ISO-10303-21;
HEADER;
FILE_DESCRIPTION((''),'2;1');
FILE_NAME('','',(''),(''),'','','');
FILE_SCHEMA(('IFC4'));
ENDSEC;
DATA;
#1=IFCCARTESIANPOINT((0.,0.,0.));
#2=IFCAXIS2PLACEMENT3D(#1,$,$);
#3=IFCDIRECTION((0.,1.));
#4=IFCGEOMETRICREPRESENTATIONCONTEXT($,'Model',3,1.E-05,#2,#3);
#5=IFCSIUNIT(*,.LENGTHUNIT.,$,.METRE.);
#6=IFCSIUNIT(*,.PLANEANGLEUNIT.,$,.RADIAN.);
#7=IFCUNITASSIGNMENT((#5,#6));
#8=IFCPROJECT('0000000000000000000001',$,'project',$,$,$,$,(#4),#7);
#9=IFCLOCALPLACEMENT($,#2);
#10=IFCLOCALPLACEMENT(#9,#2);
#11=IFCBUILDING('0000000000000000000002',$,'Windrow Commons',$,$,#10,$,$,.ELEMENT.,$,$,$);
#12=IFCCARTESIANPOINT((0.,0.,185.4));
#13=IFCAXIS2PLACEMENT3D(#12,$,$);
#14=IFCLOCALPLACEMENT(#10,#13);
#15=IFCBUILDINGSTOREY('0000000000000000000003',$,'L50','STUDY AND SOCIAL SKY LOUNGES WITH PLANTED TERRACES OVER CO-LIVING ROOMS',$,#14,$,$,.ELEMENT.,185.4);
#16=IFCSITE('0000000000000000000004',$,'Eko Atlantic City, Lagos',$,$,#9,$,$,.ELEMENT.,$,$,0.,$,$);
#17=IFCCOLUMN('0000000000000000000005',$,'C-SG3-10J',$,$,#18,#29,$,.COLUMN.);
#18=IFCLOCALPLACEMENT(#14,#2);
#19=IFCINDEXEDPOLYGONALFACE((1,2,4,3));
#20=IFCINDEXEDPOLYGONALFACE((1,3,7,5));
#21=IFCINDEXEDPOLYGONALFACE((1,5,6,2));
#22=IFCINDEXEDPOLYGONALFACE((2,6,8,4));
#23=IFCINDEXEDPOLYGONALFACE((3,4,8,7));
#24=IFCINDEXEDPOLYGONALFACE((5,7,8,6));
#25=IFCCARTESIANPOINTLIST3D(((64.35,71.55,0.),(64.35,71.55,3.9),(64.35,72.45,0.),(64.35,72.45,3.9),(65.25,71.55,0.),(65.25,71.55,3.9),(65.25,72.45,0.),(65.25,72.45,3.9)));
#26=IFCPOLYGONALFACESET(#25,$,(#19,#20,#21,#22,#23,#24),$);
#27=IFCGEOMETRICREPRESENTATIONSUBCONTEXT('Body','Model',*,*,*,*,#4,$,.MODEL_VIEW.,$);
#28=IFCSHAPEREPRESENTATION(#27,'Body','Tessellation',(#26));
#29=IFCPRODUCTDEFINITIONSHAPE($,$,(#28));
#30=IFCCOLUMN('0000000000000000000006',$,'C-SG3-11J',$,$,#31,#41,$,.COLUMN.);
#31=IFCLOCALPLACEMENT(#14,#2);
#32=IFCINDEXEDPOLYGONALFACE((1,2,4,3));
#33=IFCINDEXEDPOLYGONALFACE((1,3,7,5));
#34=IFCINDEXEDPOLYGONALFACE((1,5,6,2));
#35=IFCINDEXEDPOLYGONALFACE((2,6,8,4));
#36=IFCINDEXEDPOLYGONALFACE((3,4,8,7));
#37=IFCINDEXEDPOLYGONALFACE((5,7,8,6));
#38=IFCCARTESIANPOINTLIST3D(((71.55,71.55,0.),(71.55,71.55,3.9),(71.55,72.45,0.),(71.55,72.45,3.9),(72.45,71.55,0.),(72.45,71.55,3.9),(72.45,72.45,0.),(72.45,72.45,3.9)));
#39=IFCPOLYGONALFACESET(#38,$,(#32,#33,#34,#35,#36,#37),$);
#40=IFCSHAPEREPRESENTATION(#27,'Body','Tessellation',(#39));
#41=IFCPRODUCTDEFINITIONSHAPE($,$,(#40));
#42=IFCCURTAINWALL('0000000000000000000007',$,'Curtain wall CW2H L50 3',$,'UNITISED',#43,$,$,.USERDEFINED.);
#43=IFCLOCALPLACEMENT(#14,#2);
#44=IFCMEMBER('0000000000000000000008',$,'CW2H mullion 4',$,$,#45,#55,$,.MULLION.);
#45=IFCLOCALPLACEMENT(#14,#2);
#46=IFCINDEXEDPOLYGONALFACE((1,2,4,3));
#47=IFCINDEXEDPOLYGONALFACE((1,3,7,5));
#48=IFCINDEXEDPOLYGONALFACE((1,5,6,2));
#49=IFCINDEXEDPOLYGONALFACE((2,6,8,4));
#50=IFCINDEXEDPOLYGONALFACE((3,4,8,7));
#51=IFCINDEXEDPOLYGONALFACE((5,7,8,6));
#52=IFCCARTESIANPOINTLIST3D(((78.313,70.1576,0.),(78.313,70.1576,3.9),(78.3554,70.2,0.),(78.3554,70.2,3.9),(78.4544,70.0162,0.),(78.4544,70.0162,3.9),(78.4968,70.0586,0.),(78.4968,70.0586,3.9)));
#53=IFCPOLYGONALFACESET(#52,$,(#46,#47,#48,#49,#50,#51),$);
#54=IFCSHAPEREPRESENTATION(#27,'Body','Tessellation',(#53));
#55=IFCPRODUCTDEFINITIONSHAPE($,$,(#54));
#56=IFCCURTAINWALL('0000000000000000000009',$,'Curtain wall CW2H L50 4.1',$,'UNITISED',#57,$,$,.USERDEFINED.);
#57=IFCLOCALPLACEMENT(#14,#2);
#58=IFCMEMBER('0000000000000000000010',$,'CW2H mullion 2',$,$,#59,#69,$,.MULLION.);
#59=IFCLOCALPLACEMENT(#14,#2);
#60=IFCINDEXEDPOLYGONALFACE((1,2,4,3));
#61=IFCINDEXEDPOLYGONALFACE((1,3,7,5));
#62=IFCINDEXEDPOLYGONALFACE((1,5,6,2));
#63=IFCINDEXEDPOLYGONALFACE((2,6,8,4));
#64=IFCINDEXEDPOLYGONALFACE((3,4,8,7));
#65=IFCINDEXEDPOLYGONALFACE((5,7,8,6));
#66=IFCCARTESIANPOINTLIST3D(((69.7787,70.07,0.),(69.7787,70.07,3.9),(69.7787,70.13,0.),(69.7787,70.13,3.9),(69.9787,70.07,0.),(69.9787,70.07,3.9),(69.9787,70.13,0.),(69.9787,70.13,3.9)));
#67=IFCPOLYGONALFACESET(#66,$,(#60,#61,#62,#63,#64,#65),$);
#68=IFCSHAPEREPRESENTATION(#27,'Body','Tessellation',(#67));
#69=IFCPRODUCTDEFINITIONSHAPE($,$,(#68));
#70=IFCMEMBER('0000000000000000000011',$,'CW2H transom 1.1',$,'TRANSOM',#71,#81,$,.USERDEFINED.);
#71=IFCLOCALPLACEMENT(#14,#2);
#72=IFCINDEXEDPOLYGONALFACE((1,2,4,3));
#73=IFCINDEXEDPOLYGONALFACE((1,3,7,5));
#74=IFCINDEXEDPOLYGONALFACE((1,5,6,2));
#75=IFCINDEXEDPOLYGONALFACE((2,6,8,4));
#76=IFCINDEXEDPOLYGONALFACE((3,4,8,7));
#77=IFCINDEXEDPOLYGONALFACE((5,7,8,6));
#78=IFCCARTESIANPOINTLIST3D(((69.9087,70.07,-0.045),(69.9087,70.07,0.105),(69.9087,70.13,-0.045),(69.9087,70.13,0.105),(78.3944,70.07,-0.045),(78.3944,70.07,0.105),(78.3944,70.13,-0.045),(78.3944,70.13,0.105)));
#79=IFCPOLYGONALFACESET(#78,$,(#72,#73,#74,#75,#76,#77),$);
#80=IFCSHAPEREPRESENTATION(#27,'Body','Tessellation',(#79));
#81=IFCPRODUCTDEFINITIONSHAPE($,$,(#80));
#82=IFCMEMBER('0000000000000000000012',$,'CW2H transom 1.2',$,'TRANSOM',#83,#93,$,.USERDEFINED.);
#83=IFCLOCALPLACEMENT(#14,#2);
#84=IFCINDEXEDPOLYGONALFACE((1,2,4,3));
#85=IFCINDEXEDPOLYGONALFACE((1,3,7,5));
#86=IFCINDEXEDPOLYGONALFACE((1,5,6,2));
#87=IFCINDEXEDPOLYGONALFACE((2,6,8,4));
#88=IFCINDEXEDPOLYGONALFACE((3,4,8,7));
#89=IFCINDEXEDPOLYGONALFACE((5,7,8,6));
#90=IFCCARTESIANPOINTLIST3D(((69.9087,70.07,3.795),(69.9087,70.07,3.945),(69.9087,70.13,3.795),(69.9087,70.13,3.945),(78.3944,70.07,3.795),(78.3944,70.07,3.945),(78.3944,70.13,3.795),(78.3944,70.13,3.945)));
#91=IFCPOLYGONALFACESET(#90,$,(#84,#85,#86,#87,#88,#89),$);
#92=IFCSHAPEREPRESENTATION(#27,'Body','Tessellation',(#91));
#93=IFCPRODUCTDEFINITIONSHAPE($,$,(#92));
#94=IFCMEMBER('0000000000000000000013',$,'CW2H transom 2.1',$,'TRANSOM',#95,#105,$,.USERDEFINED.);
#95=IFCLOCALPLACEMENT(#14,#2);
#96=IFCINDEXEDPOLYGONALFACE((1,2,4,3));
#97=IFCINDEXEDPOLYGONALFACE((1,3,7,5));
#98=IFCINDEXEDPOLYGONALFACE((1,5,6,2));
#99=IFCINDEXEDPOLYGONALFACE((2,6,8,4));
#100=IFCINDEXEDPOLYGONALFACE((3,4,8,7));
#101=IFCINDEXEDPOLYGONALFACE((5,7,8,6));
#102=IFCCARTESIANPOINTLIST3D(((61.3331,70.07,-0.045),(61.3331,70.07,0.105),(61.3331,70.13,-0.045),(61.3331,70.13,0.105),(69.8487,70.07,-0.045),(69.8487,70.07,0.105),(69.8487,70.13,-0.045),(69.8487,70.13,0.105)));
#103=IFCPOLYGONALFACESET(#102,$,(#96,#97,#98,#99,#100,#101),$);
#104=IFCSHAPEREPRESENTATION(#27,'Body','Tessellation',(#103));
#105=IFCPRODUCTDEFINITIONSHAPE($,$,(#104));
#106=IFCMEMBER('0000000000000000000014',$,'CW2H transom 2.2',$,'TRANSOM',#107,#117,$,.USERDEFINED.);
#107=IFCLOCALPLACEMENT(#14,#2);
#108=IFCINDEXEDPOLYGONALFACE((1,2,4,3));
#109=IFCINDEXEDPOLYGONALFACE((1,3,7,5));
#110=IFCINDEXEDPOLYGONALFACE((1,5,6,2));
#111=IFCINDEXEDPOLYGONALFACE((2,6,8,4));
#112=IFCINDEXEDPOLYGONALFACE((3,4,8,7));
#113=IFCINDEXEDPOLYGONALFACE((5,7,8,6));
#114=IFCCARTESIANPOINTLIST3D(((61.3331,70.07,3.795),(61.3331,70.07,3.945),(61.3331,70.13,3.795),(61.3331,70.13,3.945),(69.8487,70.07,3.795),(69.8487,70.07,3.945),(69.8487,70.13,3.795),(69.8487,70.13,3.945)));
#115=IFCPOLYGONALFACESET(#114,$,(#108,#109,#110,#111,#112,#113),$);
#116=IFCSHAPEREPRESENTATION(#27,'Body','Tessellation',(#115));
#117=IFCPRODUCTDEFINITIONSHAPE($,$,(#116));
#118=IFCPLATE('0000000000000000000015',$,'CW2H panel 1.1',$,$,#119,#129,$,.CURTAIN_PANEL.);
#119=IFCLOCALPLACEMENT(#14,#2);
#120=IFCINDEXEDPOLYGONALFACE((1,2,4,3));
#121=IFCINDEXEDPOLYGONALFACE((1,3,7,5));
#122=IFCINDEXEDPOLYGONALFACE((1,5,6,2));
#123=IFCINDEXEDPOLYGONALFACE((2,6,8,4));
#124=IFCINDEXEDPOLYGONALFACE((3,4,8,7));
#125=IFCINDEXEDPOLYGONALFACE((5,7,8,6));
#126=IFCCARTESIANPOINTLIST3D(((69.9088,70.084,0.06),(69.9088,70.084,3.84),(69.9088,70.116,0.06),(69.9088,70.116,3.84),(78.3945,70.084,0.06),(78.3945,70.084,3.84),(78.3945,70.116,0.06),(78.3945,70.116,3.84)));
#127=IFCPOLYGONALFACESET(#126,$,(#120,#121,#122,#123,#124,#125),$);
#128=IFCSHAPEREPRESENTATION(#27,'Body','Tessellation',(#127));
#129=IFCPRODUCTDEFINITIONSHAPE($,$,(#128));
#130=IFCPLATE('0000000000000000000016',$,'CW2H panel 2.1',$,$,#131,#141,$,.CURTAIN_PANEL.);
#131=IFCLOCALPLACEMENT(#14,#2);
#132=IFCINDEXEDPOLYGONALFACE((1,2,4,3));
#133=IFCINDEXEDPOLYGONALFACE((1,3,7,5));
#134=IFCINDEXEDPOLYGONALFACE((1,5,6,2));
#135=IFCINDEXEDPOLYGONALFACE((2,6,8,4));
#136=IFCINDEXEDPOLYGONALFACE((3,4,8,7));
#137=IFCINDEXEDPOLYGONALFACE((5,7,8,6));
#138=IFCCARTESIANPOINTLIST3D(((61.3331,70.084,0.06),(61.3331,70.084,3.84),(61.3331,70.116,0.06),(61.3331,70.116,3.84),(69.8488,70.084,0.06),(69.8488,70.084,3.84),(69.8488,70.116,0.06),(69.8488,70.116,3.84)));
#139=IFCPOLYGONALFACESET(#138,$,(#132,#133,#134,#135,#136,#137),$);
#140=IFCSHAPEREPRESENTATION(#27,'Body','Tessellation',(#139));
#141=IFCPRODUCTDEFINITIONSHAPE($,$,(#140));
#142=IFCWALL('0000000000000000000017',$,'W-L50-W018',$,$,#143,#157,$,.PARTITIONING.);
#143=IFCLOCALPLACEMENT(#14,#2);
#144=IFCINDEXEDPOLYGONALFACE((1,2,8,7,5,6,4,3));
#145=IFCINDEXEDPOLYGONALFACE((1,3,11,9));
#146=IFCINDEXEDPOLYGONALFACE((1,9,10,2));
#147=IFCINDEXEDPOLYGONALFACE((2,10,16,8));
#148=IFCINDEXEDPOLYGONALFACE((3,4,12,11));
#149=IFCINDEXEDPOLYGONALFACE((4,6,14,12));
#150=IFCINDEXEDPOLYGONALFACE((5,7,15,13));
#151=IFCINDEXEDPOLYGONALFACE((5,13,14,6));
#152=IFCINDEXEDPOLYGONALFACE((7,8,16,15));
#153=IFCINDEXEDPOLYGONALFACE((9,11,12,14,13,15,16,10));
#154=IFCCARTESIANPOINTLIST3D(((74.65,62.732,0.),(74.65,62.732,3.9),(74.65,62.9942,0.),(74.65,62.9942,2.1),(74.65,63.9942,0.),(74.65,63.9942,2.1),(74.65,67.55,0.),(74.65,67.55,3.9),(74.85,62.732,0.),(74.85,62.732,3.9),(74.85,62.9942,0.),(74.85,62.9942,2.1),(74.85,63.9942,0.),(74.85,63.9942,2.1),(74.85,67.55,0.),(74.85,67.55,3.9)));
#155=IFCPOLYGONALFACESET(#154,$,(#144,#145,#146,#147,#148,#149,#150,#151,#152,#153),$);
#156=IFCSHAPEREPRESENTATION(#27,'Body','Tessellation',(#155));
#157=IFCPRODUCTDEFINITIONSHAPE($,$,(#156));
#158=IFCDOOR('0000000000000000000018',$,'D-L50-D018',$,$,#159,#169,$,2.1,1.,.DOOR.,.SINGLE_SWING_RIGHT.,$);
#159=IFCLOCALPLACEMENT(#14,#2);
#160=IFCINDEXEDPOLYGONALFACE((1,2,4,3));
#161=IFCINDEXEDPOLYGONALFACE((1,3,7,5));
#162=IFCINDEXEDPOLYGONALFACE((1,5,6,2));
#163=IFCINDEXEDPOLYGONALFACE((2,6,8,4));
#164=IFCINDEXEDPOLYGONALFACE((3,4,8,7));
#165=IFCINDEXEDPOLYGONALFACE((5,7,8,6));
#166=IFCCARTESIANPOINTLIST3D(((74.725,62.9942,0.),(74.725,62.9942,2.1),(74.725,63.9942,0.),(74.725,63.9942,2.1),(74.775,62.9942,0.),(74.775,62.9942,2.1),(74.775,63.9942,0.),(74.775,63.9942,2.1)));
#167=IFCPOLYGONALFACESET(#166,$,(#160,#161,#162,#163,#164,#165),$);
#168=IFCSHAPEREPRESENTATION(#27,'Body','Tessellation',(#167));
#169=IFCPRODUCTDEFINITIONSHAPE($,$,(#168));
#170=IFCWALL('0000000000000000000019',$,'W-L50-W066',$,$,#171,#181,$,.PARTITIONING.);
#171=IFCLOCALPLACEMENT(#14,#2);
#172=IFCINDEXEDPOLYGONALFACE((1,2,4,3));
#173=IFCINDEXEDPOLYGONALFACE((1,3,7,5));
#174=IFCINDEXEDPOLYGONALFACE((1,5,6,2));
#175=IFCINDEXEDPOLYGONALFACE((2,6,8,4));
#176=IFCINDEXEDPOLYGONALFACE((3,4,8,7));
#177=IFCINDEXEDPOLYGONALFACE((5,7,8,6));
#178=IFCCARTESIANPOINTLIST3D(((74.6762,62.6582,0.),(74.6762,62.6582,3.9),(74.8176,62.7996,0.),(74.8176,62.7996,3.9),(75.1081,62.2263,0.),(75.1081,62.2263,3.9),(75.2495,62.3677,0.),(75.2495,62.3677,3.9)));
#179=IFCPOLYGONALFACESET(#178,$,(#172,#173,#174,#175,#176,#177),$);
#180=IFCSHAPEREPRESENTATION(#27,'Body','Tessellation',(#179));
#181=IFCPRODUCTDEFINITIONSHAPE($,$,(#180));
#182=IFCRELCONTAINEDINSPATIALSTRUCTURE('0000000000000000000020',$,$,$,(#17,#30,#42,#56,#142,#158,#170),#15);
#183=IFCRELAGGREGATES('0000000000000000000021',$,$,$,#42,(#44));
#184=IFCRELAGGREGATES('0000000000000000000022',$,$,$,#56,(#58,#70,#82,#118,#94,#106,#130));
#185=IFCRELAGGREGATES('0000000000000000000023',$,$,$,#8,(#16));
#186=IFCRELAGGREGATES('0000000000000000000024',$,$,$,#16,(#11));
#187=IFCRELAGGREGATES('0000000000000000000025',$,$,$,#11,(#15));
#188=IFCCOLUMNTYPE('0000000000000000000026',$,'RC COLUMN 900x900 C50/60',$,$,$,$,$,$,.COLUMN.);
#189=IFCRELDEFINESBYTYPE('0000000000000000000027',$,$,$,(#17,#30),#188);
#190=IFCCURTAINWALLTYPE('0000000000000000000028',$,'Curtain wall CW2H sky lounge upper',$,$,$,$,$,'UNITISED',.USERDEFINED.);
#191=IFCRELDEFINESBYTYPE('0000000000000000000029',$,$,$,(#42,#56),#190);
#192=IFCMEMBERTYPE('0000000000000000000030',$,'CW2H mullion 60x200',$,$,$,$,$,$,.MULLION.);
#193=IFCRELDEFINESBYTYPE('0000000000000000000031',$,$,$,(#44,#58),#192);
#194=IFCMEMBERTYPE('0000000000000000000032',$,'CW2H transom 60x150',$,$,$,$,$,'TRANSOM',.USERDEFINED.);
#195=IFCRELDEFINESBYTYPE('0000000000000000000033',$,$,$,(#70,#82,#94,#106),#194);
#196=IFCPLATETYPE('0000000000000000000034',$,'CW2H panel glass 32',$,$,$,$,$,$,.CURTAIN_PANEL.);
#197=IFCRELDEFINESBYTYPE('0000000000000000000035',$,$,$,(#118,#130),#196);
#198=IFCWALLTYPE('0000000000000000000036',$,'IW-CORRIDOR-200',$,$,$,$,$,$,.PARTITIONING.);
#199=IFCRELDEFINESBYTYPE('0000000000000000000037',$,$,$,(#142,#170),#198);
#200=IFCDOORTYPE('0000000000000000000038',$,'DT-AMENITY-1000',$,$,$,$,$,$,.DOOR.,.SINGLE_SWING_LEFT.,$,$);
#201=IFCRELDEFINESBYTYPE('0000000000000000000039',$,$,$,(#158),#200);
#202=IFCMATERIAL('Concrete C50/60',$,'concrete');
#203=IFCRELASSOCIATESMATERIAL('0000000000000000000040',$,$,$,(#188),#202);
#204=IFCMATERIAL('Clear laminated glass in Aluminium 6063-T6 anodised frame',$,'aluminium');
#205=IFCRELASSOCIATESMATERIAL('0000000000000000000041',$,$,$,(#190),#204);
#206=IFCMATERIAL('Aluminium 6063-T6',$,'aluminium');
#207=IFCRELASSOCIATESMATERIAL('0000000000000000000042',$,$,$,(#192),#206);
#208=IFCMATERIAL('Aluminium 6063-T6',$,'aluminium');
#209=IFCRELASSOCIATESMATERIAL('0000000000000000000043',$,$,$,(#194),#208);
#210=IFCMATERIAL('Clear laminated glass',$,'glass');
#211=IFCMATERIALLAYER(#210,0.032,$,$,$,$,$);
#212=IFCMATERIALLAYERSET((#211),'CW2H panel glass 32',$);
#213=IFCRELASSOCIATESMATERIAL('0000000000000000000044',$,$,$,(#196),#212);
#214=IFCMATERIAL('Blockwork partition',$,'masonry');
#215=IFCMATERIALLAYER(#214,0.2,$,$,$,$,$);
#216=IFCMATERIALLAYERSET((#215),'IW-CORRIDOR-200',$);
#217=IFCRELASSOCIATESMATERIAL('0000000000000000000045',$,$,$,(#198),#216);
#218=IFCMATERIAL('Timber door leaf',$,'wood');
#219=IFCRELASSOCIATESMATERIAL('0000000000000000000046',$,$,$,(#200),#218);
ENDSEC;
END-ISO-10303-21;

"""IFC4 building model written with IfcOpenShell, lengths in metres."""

from ifc_helpers import new_model, si_unit, direction, frame, frame_2d, origin, origin_2d, place, context, subcontext, project, spatial, rectangle, extrude, material, layer, layer_set, material_profile, profile_set, type_object, element, fill, aggregate, save


model = new_model("IFC4")

# Units and contexts
model_context = context("Model", 3, precision=1e-05, world=origin(), true_north=direction((0.0, 1.0)))
body_context = subcontext(model_context, "Body", "Model", "MODEL_VIEW")
ifc_project = project(units=[si_unit("LENGTHUNIT", "METRE"), si_unit("PLANEANGLEUNIT", "RADIAN")], contexts=[model_context])

# Site, building, storey
site_placement = place(None, origin())
site = spatial("IfcSite", under=ifc_project, at=site_placement, Name="Eko Atlantic City, Lagos", CompositionType="ELEMENT", RefElevation=0.0)
building_placement = place(site_placement, origin())
building = spatial("IfcBuilding", under=site, at=building_placement, Name="Windrow Commons", CompositionType="ELEMENT")
storey_placement = place(building_placement, frame((0.0, 0.0, 185.4)))
storey = spatial("IfcBuildingStorey", under=building, at=storey_placement, Name="L50", Description="STUDY AND SOCIAL SKY LOUNGES WITH PLANTED TERRACES OVER CO-LIVING ROOMS", CompositionType="ELEMENT", Elevation=185.4)

# Columns
ifc_material_1 = material(Name="Concrete C50/60", Category="concrete")
ifc_material_profile_1 = material_profile(ifc_material_1, rectangle(XDim=0.9, YDim=0.9, at=origin_2d()))
ifc_profile_set_1 = profile_set([ifc_material_profile_1], Name="Concrete C50/60")
column_type = type_object("IfcColumnType", Name="RC COLUMN 900x900 C50/60", PredefinedType="COLUMN", material=ifc_profile_set_1)
for number, where, z_axis, x_axis, name in (
    (1, (64.8, 72.0, 0.0), (0.0, 0.0, 1.0), (1.0, 0.0, 0.0), "C-SG3-10J"),
    (2, (72.0, 72.0, 0.0), (0.0, 0.0, 1.0), (1.0, 0.0, 0.0), "C-SG3-11J"),
):
    element("IfcColumn", number, at=place(storey_placement, frame(where, z_axis=z_axis, x_axis=x_axis)), inside=storey, type_object=column_type, Name=name, PredefinedType="COLUMN", context=body_context, shape_type="SweptSolid", body=[
        extrude(rectangle(XDim=0.9, YDim=0.9, at=origin_2d()), origin(), (0.0, 0.0, 1.0), 3.9),
    ])

# Curtain wall, member
ifc_material_2 = material(Name="Clear laminated glass in Aluminium 6063-T6 anodised frame", Category="aluminium")
curtain_wall_type = type_object("IfcCurtainWallType", Name="Curtain wall CW2H sky lounge upper", ElementType="UNITISED", PredefinedType="USERDEFINED", material=ifc_material_2)
placement = place(storey_placement, origin())
curtain_wall_1 = element("IfcCurtainWall", 3, at=placement, inside=storey, type_object=curtain_wall_type, Name="Curtain wall CW2H L50 3", ObjectType="UNITISED", PredefinedType="USERDEFINED")
ifc_material_3 = material(Name="Aluminium 6063-T6", Category="aluminium")
ifc_material_profile_2 = material_profile(ifc_material_3, rectangle(XDim=0.06, YDim=0.2, at=origin_2d()))
ifc_profile_set_2 = profile_set([ifc_material_profile_2], Name="Aluminium 6063-T6")
member_type_1 = type_object("IfcMemberType", Name="CW2H mullion 60x200", PredefinedType="MULLION", material=ifc_profile_set_2)
member_1_placement = place(storey_placement, frame((78.4049, 70.1081, 0.0), z_axis=(0.0, 0.0, 1.0), x_axis=(-0.707107, -0.707107, 0.0)))
member_1 = element("IfcMember", 4, at=member_1_placement, type_object=member_type_1, Name="CW2H mullion 4", PredefinedType="MULLION", context=body_context, shape_type="SweptSolid", body=[
    extrude(rectangle(XDim=0.06, YDim=0.2, at=origin_2d()), origin(), (0.0, 0.0, 1.0), 3.9),
])
aggregate(curtain_wall_1, [member_1])

# Curtain wall, members, plates
curtain_wall_2 = element("IfcCurtainWall", 5, at=placement, inside=storey, type_object=curtain_wall_type, Name="Curtain wall CW2H L50 4.1", ObjectType="UNITISED", PredefinedType="USERDEFINED")
member_2_placement = place(storey_placement, frame((69.8787, 70.1, 0.0), z_axis=(0.0, 0.0, 1.0), x_axis=(0.0, -1.0, 0.0)))
member_2 = element("IfcMember", 6, at=member_2_placement, type_object=member_type_1, Name="CW2H mullion 2", PredefinedType="MULLION", context=body_context, shape_type="SweptSolid", body=[
    extrude(rectangle(XDim=0.06, YDim=0.2, at=origin_2d()), origin(), (0.0, 0.0, 1.0), 3.9),
])
ifc_material_4 = material(Name="Aluminium 6063-T6", Category="aluminium")
ifc_material_profile_3 = material_profile(ifc_material_4, rectangle(XDim=0.06, YDim=0.15, at=origin_2d()))
ifc_profile_set_3 = profile_set([ifc_material_profile_3], Name="Aluminium 6063-T6")
member_type_2 = type_object("IfcMemberType", Name="CW2H transom 60x150", ElementType="TRANSOM", PredefinedType="USERDEFINED", material=ifc_profile_set_3)
member_3_placement = place(storey_placement, frame((78.3944, 70.1, 0.03), z_axis=(-1.0, 0.0, 0.0), x_axis=(0.0, -1.0, 0.0)))
member_3 = element("IfcMember", 7, at=member_3_placement, type_object=member_type_2, Name="CW2H transom 1.1", ObjectType="TRANSOM", PredefinedType="USERDEFINED", context=body_context, shape_type="SweptSolid", body=[
    extrude(rectangle(XDim=0.06, YDim=0.15, at=origin_2d()), origin(), (0.0, 0.0, 1.0), 8.4857),
])
member_4_placement = place(storey_placement, frame((78.3944, 70.1, 3.87), z_axis=(-1.0, 0.0, 0.0), x_axis=(0.0, -1.0, 0.0)))
member_4 = element("IfcMember", 8, at=member_4_placement, type_object=member_type_2, Name="CW2H transom 1.2", ObjectType="TRANSOM", PredefinedType="USERDEFINED", context=body_context, shape_type="SweptSolid", body=[
    extrude(rectangle(XDim=0.06, YDim=0.15, at=origin_2d()), origin(), (0.0, 0.0, 1.0), 8.4857),
])
member_5_placement = place(storey_placement, frame((69.8487, 70.1, 0.03), z_axis=(-1.0, 0.0, 0.0), x_axis=(0.0, -1.0, 0.0)))
member_5 = element("IfcMember", 9, at=member_5_placement, type_object=member_type_2, Name="CW2H transom 2.1", ObjectType="TRANSOM", PredefinedType="USERDEFINED", context=body_context, shape_type="SweptSolid", body=[
    extrude(rectangle(XDim=0.06, YDim=0.15, at=origin_2d()), origin(), (0.0, 0.0, 1.0), 8.5156),
])
member_6_placement = place(storey_placement, frame((69.8487, 70.1, 3.87), z_axis=(-1.0, 0.0, 0.0), x_axis=(0.0, -1.0, 0.0)))
member_6 = element("IfcMember", 10, at=member_6_placement, type_object=member_type_2, Name="CW2H transom 2.2", ObjectType="TRANSOM", PredefinedType="USERDEFINED", context=body_context, shape_type="SweptSolid", body=[
    extrude(rectangle(XDim=0.06, YDim=0.15, at=origin_2d()), origin(), (0.0, 0.0, 1.0), 8.5156),
])
ifc_material_5 = material(Name="Clear laminated glass", Category="glass")
ifc_layer_1 = layer(ifc_material_5, 0.032)
ifc_layer_set_1 = layer_set([ifc_layer_1], Name="CW2H panel glass 32")
plate_type = type_object("IfcPlateType", Name="CW2H panel glass 32", PredefinedType="CURTAIN_PANEL", material=ifc_layer_set_1)
plate_1_placement = place(storey_placement, frame((74.1516, 70.1, 0.06), z_axis=(0.0, 0.0, 1.0), x_axis=(-1.0, 0.0, 0.0)))
plate_1 = element("IfcPlate", 11, at=plate_1_placement, type_object=plate_type, Name="CW2H panel 1.1", PredefinedType="CURTAIN_PANEL", context=body_context, shape_type="SweptSolid", body=[
    extrude(rectangle(XDim=8.4857, YDim=0.032, at=origin_2d()), origin(), (0.0, 0.0, 1.0), 3.78),
])
plate_2_placement = place(storey_placement, frame((65.5909, 70.1, 0.06), z_axis=(0.0, 0.0, 1.0), x_axis=(-1.0, 0.0, 0.0)))
plate_2 = element("IfcPlate", 12, at=plate_2_placement, type_object=plate_type, Name="CW2H panel 2.1", PredefinedType="CURTAIN_PANEL", context=body_context, shape_type="SweptSolid", body=[
    extrude(rectangle(XDim=8.5157, YDim=0.032, at=origin_2d()), origin(), (0.0, 0.0, 1.0), 3.78),
])
aggregate(curtain_wall_2, [member_2, member_3, member_4, plate_1, member_5, member_6, plate_2])

# Wall, opening, door
ifc_material_6 = material(Name="Blockwork partition", Category="masonry")
ifc_layer_2 = layer(ifc_material_6, 0.2)
ifc_layer_set_2 = layer_set([ifc_layer_2], Name="IW-CORRIDOR-200")
wall_type_1 = type_object("IfcWallType", Name="IW-CORRIDOR-200", PredefinedType="PARTITIONING", material=ifc_layer_set_2)
wall_1_placement = place(storey_placement, frame((74.75, 62.732, 0.0), z_axis=(0.0, 0.0, 1.0), x_axis=(0.0, 1.0, 0.0)))
wall_1 = element("IfcWall", 13, at=wall_1_placement, inside=storey, type_object=wall_type_1, Name="W-L50-W018", PredefinedType="PARTITIONING", context=body_context, shape_type="SweptSolid", body=[
    extrude(rectangle(XDim=4.818, YDim=0.2, at=frame_2d((2.409, 0.0))), origin(), (0.0, 0.0, 1.0), 3.9),
])
opening_placement = place(wall_1_placement, frame((0.2622, 0.0, 0.0)))
opening = element("IfcOpeningElement", 14, at=opening_placement, cuts=wall_1, PredefinedType="OPENING", context=body_context, shape_type="SweptSolid", body=[
    extrude(rectangle(XDim=1.0, YDim=2.1, at=frame_2d((0.5, 1.05))), frame((0.0, 0.11, 0.0), z_axis=(0.0, -1.0, 0.0), x_axis=(1.0, 0.0, 0.0)), (0.0, 0.0, 1.0), 0.22),
])
ifc_material_7 = material(Name="Timber door leaf", Category="wood")
door_type = type_object("IfcDoorType", Name="DT-AMENITY-1000", OperationType="SINGLE_SWING_LEFT", PredefinedType="DOOR", material=ifc_material_7)
door_placement = place(opening_placement, origin())
door = element("IfcDoor", 15, at=door_placement, inside=storey, type_object=door_type, Name="D-L50-D018", OperationType="SINGLE_SWING_RIGHT", OverallHeight=2.1, OverallWidth=1.0, PredefinedType="DOOR", context=body_context, shape_type="SweptSolid", body=[
    extrude(rectangle(XDim=1.0, YDim=2.1, at=frame_2d((0.5, 1.05))), frame((0.0, 0.025, 0.0), z_axis=(0.0, -1.0, 0.0), x_axis=(1.0, 0.0, 0.0)), (0.0, 0.0, 1.0), 0.05),
])
fill(opening, door)

# Wall
wall_2_placement = place(storey_placement, frame((74.7469, 62.7289, 0.0), z_axis=(0.0, 0.0, 1.0), x_axis=(0.707107, -0.707107, 0.0)))
element("IfcWall", 16, at=wall_2_placement, inside=storey, type_object=wall_type_1, Name="W-L50-W066", PredefinedType="PARTITIONING", context=body_context, shape_type="SweptSolid", body=[
    extrude(rectangle(XDim=0.6109, YDim=0.2, at=frame_2d((0.3054, 0.0))), origin(), (0.0, 0.0, 1.0), 3.9),
])

save(model, "model.ifc")
